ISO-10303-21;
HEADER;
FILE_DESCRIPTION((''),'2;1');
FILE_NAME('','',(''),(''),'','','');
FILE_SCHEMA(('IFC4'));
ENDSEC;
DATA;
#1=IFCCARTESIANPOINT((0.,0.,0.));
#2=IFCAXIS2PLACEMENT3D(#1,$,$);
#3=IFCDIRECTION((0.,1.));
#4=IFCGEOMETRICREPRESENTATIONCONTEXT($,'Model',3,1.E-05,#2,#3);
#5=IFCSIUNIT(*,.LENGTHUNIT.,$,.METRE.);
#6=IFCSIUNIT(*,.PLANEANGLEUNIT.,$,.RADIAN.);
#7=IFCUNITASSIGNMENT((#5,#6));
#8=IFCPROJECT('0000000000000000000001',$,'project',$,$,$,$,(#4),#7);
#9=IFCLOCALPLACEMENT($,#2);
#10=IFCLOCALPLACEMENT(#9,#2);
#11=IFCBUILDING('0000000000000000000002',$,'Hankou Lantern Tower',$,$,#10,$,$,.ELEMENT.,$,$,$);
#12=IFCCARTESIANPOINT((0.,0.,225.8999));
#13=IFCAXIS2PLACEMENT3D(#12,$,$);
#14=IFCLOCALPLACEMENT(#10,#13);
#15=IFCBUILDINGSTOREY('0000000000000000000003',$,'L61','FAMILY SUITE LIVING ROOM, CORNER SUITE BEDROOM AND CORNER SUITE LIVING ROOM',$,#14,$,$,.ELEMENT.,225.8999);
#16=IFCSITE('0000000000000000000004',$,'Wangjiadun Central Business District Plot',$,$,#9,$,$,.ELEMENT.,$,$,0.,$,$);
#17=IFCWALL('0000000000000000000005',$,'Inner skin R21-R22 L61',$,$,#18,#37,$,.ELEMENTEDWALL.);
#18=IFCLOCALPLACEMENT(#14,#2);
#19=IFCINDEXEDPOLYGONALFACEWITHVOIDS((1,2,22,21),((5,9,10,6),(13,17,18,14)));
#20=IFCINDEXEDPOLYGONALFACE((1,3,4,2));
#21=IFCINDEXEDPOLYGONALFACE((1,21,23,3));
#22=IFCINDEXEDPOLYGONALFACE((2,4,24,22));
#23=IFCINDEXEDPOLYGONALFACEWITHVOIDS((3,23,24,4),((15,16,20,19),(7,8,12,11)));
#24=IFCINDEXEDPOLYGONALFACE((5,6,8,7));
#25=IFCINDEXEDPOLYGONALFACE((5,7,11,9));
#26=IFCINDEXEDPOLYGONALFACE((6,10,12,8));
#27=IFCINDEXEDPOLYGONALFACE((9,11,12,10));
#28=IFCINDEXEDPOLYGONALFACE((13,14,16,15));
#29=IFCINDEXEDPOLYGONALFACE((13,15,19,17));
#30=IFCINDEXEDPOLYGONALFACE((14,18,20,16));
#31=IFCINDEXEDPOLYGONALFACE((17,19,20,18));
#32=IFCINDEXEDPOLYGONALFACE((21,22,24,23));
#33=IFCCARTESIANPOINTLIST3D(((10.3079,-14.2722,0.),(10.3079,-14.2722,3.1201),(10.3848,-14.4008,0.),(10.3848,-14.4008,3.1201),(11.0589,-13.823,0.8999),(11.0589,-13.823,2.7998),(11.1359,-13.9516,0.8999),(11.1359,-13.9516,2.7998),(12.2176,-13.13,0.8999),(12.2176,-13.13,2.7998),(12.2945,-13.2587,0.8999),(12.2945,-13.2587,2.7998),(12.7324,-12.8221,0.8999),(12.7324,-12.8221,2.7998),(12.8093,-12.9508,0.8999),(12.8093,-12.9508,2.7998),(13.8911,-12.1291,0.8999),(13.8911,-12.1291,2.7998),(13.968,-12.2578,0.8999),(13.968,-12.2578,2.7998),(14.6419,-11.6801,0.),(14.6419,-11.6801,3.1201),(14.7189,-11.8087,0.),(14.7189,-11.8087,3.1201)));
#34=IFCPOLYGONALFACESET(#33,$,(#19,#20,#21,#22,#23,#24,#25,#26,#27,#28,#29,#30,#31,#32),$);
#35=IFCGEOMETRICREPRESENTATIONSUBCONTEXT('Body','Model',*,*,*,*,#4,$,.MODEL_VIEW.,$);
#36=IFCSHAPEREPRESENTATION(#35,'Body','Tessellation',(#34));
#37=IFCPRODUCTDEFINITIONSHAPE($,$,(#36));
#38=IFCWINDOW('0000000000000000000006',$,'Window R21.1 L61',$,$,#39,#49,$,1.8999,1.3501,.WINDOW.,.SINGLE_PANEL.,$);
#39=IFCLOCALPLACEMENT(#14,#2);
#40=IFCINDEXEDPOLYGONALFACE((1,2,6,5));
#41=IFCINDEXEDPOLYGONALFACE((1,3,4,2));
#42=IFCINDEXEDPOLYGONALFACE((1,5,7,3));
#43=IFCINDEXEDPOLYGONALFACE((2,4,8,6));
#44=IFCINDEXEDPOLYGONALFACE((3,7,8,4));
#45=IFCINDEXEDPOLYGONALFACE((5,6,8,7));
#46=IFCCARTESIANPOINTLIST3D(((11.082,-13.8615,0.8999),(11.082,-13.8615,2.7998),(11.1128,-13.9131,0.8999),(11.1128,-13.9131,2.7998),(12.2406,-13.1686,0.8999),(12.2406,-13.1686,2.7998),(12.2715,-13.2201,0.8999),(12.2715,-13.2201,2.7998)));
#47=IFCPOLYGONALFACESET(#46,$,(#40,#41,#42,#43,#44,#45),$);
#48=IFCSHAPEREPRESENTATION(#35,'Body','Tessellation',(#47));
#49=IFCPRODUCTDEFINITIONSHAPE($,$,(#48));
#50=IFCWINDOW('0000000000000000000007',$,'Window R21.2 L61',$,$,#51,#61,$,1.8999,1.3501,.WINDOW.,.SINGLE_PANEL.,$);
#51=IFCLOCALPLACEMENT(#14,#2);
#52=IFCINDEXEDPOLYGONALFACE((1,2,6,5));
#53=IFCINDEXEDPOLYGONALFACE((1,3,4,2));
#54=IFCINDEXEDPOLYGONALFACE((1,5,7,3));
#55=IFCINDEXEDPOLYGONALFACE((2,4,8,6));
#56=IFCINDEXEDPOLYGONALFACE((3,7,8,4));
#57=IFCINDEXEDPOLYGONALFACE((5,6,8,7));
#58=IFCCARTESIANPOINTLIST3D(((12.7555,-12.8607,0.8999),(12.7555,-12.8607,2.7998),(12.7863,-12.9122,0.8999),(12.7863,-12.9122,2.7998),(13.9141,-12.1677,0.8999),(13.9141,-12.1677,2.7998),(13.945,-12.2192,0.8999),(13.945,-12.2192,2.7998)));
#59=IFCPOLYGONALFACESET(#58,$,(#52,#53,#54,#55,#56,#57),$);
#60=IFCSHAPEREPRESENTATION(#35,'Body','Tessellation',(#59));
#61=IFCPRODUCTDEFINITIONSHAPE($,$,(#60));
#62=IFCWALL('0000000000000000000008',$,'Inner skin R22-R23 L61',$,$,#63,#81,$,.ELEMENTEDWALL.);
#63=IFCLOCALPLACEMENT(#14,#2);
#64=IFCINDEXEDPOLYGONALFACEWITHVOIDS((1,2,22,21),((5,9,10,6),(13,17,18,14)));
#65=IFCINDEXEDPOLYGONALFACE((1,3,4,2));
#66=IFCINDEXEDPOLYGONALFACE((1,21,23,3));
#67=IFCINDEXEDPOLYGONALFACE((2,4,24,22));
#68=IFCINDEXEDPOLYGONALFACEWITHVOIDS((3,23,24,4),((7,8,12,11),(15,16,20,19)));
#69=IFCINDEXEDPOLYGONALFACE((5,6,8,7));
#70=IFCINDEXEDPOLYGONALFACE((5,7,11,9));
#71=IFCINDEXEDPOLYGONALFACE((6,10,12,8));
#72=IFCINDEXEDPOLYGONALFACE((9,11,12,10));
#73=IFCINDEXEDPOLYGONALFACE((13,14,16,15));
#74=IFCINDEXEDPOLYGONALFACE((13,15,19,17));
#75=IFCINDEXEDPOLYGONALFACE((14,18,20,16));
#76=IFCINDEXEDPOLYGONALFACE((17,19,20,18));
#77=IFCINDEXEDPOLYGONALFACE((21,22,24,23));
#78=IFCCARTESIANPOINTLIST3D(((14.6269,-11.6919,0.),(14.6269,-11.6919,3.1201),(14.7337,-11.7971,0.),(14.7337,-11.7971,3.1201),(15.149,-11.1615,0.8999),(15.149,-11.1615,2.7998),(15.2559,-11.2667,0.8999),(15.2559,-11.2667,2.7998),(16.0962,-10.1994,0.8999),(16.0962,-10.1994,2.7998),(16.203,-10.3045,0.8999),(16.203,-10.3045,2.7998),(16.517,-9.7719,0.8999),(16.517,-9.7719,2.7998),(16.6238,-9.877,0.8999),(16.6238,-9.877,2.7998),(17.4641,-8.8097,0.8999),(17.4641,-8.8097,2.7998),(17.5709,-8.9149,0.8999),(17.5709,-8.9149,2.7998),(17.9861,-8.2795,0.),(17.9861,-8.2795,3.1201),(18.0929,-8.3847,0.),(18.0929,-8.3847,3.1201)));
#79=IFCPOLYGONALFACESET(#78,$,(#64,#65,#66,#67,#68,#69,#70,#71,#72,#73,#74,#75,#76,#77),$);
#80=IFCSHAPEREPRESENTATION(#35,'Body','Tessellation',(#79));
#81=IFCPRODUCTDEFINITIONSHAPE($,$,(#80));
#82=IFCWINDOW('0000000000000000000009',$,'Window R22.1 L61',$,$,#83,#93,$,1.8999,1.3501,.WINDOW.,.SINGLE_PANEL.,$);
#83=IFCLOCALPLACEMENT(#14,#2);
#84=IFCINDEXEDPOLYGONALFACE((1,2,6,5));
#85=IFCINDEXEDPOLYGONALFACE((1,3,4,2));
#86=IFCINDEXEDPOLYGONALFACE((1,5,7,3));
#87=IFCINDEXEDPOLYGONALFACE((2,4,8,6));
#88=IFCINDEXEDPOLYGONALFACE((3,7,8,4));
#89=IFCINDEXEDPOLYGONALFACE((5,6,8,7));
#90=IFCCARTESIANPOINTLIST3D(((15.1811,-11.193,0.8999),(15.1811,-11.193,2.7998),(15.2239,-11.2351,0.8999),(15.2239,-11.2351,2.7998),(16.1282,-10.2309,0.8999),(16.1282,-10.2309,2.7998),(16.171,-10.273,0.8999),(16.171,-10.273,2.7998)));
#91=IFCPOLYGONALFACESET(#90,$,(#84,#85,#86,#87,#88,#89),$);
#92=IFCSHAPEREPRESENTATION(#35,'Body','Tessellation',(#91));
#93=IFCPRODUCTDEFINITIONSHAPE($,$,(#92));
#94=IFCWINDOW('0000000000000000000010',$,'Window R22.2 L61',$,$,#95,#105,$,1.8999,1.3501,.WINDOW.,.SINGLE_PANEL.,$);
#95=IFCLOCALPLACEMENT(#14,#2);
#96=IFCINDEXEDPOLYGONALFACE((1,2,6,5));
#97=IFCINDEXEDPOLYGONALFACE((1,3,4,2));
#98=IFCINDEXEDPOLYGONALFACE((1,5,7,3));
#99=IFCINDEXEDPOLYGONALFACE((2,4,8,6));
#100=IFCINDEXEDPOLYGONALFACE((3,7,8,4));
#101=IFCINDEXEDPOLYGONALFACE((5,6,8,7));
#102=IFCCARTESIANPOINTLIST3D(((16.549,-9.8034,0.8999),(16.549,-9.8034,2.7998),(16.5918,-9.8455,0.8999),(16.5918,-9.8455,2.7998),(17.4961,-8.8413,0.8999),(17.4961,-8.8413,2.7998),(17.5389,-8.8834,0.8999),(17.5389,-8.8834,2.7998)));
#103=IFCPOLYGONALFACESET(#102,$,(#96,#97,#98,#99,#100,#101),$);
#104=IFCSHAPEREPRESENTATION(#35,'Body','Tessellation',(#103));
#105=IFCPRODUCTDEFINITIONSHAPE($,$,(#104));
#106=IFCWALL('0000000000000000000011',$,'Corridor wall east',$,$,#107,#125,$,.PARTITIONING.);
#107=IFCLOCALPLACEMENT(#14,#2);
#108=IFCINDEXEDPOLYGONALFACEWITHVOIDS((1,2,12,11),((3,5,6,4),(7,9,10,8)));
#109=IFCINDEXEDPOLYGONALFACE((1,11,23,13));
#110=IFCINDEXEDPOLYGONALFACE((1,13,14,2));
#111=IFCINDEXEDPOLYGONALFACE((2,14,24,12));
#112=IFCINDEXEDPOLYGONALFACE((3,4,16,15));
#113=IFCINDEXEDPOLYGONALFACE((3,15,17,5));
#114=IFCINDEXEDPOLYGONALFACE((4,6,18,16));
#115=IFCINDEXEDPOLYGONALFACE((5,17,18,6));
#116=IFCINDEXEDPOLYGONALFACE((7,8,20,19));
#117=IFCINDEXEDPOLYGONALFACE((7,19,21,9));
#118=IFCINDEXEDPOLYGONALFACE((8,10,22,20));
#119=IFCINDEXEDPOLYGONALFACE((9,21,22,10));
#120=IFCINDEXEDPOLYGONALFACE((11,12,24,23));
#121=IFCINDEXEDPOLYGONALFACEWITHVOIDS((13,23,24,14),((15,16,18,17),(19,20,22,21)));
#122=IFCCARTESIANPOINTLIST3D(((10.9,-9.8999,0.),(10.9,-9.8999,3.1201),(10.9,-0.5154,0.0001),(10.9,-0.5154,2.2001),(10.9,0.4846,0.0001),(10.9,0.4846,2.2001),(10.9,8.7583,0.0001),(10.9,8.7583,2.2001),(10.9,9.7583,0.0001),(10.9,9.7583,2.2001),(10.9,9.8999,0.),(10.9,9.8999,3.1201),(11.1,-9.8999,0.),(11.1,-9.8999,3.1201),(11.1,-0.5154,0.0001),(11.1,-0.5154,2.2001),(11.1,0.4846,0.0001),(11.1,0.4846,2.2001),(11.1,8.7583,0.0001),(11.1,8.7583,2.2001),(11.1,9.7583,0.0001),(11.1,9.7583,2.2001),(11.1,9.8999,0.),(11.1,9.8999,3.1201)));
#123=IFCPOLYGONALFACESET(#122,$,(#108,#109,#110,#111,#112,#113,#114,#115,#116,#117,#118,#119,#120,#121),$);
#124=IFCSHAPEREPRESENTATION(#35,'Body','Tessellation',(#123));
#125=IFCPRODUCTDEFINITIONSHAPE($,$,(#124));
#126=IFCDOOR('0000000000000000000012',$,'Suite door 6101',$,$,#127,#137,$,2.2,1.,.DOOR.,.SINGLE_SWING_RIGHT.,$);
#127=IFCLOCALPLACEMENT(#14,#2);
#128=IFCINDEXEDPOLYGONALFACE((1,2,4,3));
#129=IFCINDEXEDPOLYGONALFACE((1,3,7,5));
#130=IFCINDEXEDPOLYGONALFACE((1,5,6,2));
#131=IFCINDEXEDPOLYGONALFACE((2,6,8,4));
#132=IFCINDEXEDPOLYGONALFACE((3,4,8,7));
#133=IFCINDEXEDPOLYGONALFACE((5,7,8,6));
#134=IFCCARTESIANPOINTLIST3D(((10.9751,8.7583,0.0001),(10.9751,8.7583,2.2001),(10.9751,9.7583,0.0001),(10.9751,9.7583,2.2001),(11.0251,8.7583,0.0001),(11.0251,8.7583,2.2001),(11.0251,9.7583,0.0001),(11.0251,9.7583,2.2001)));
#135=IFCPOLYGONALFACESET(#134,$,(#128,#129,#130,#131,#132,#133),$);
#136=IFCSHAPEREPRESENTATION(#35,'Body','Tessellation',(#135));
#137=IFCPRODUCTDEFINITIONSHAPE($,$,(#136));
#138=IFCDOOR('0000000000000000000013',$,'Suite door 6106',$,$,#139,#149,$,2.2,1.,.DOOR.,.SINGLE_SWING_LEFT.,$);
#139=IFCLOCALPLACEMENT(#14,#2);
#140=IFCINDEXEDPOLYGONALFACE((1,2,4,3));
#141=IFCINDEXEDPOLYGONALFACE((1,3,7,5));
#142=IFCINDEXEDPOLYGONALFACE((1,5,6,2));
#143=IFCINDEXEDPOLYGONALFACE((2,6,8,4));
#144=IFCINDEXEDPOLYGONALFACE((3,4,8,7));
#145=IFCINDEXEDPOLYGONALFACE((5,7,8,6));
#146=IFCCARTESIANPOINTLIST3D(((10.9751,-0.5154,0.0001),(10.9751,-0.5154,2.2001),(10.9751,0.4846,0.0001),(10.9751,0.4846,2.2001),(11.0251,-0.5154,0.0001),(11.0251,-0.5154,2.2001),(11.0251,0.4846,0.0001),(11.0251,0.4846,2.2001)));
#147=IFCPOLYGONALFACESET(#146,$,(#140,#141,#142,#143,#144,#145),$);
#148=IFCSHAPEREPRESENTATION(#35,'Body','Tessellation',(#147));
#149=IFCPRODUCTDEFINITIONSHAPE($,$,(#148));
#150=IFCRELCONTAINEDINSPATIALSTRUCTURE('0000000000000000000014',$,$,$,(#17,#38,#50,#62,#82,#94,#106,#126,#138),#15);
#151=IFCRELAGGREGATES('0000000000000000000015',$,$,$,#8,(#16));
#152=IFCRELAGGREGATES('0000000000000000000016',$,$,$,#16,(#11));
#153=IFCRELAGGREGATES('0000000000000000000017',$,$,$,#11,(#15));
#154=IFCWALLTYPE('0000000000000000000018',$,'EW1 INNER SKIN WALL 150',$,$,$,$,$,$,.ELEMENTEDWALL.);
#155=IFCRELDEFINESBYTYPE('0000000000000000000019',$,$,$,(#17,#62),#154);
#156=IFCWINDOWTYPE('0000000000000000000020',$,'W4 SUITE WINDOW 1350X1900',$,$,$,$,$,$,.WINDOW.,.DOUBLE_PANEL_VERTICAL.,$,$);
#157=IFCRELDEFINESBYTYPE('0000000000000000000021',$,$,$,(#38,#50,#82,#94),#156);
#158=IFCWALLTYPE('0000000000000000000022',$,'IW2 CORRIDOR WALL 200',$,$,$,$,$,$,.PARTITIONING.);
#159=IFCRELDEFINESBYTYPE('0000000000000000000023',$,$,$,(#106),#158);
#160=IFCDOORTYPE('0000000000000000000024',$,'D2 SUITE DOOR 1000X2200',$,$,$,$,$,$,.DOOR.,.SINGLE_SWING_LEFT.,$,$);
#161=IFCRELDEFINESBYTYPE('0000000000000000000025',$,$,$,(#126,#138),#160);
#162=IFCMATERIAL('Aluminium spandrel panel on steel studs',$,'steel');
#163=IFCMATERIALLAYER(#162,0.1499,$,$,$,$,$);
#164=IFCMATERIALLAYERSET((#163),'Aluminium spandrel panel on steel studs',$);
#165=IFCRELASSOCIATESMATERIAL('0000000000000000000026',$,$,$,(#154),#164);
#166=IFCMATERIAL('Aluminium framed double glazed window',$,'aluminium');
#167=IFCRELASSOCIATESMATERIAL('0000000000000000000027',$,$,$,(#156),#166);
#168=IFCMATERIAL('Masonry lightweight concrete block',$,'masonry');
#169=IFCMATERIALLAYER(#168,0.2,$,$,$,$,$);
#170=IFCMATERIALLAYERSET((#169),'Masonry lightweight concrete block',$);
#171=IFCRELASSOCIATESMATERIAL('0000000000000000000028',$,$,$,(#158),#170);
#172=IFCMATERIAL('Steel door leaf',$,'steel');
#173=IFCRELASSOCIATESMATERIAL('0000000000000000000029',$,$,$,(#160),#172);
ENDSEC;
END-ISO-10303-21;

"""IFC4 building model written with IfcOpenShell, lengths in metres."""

from ifc_helpers import new_model, si_unit, direction, frame, frame_2d, origin, place, context, subcontext, project, spatial, rectangle, extrude, material, layer, layer_set, type_object, element, fill, save


model = new_model("IFC4")

# Units and contexts
model_context = context("Model", 3, precision=1e-05, world=origin(), true_north=direction((0.0, 1.0)))
body_context = subcontext(model_context, "Body", "Model", "MODEL_VIEW")
ifc_project = project(units=[si_unit("LENGTHUNIT", "METRE"), si_unit("PLANEANGLEUNIT", "RADIAN")], contexts=[model_context])

# Site, building, storey
site_placement = place(None, origin())
site = spatial("IfcSite", under=ifc_project, at=site_placement, Name="Wangjiadun Central Business District Plot", CompositionType="ELEMENT", RefElevation=0.0)
building_placement = place(site_placement, origin())
building = spatial("IfcBuilding", under=site, at=building_placement, Name="Hankou Lantern Tower", CompositionType="ELEMENT")
storey_placement = place(building_placement, frame((0.0, 0.0, 225.8999)))
storey = spatial("IfcBuildingStorey", under=building, at=storey_placement, Name="L61", Description="FAMILY SUITE LIVING ROOM, CORNER SUITE BEDROOM AND CORNER SUITE LIVING ROOM", CompositionType="ELEMENT", Elevation=225.8999)

# Walls, openings, windows
ifc_material_1 = material(Name="Aluminium spandrel panel on steel studs", Category="steel")
ifc_layer_1 = layer(ifc_material_1, 0.1499)
ifc_layer_set_1 = layer_set([ifc_layer_1], Name="Aluminium spandrel panel on steel studs")
wall_type_1 = type_object("IfcWallType", Name="EW1 INNER SKIN WALL 150", PredefinedType="ELEMENTEDWALL", material=ifc_layer_set_1)
wall_1_placement = place(storey_placement, frame((10.3464, -14.3364, 0.0), z_axis=(0.0, 0.0, 1.0), x_axis=(0.858222, 0.51328, 0.0)))
wall_1 = element("IfcWall", 1, at=wall_1_placement, inside=storey, type_object=wall_type_1, Name="Inner skin R21-R22 L61", PredefinedType="ELEMENTEDWALL", context=body_context, shape_type="SweptSolid", body=[
    extrude(rectangle(XDim=5.05, YDim=0.1499, at=frame_2d((2.5249, 0.0))), origin(), (0.0, 0.0, 1.0), 3.1201),
])
opening_1_placement = place(wall_1_placement, frame((0.875, 0.0, 0.8999)))
opening_1 = element("IfcOpeningElement", 2, at=opening_1_placement, cuts=wall_1, PredefinedType="OPENING", context=body_context, shape_type="SweptSolid", body=[
    extrude(rectangle(XDim=1.3501, YDim=1.8999, at=frame_2d((0.675, 0.95))), frame((0.0, 0.085, 0.0), z_axis=(0.0, -1.0, 0.0), x_axis=(1.0, 0.0, 0.0)), (0.0, 0.0, 1.0), 0.1699),
])
opening_2_placement = place(wall_1_placement, frame((2.825, 0.0, 0.8999)))
opening_2 = element("IfcOpeningElement", 3, at=opening_2_placement, cuts=wall_1, PredefinedType="OPENING", context=body_context, shape_type="SweptSolid", body=[
    extrude(rectangle(XDim=1.3501, YDim=1.8999, at=frame_2d((0.675, 0.95))), frame((0.0, 0.085, 0.0), z_axis=(0.0, -1.0, 0.0), x_axis=(1.0, 0.0, 0.0)), (0.0, 0.0, 1.0), 0.1699),
])
ifc_material_2 = material(Name="Aluminium framed double glazed window", Category="aluminium")
window_type = type_object("IfcWindowType", Name="W4 SUITE WINDOW 1350X1900", PartitioningType="DOUBLE_PANEL_VERTICAL", PredefinedType="WINDOW", material=ifc_material_2)
window_1_placement = place(opening_1_placement, origin())
window_1 = element("IfcWindow", 4, at=window_1_placement, inside=storey, type_object=window_type, Name="Window R21.1 L61", OverallHeight=1.8999, OverallWidth=1.3501, PartitioningType="SINGLE_PANEL", PredefinedType="WINDOW", context=body_context, shape_type="SweptSolid", body=[
    extrude(rectangle(XDim=1.3501, YDim=1.8999, at=frame_2d((0.675, 0.95))), frame((0.0, 0.03, 0.0), z_axis=(0.0, -1.0, 0.0), x_axis=(1.0, 0.0, 0.0)), (0.0, 0.0, 1.0), 0.0601),
])
fill(opening_1, window_1)
window_2_placement = place(opening_2_placement, origin())
window_2 = element("IfcWindow", 5, at=window_2_placement, inside=storey, type_object=window_type, Name="Window R21.2 L61", OverallHeight=1.8999, OverallWidth=1.3501, PartitioningType="SINGLE_PANEL", PredefinedType="WINDOW", context=body_context, shape_type="SweptSolid", body=[
    extrude(rectangle(XDim=1.3501, YDim=1.8999, at=frame_2d((0.675, 0.95))), frame((0.0, 0.03, 0.0), z_axis=(0.0, -1.0, 0.0), x_axis=(1.0, 0.0, 0.0)), (0.0, 0.0, 1.0), 0.0601),
])
fill(opening_2, window_2)
wall_2_placement = place(storey_placement, frame((14.6804, -11.7444, 0.0), z_axis=(0.0, 0.0, 1.0), x_axis=(0.701527, 0.712643, 0.0)))
wall_2 = element("IfcWall", 6, at=wall_2_placement, inside=storey, type_object=wall_type_1, Name="Inner skin R22-R23 L61", PredefinedType="ELEMENTEDWALL", context=body_context, shape_type="SweptSolid", body=[
    extrude(rectangle(XDim=4.7883, YDim=0.1499, at=frame_2d((2.394, 0.0))), origin(), (0.0, 0.0, 1.0), 3.1201),
])
opening_3_placement = place(wall_2_placement, frame((0.7441, 0.0, 0.8999)))
opening_3 = element("IfcOpeningElement", 7, at=opening_3_placement, cuts=wall_2, PredefinedType="OPENING", context=body_context, shape_type="SweptSolid", body=[
    extrude(rectangle(XDim=1.3501, YDim=1.8999, at=frame_2d((0.675, 0.95))), frame((0.0, 0.085, 0.0), z_axis=(0.0, -1.0, 0.0), x_axis=(1.0, 0.0, 0.0)), (0.0, 0.0, 1.0), 0.1699),
])
opening_4_placement = place(wall_2_placement, frame((2.6941, 0.0, 0.8999)))
opening_4 = element("IfcOpeningElement", 8, at=opening_4_placement, cuts=wall_2, PredefinedType="OPENING", context=body_context, shape_type="SweptSolid", body=[
    extrude(rectangle(XDim=1.3501, YDim=1.8999, at=frame_2d((0.675, 0.95))), frame((0.0, 0.085, 0.0), z_axis=(0.0, -1.0, 0.0), x_axis=(1.0, 0.0, 0.0)), (0.0, 0.0, 1.0), 0.1699),
])
window_3_placement = place(opening_3_placement, origin())
window_3 = element("IfcWindow", 9, at=window_3_placement, inside=storey, type_object=window_type, Name="Window R22.1 L61", OverallHeight=1.8999, OverallWidth=1.3501, PartitioningType="SINGLE_PANEL", PredefinedType="WINDOW", context=body_context, shape_type="SweptSolid", body=[
    extrude(rectangle(XDim=1.3501, YDim=1.8999, at=frame_2d((0.675, 0.95))), frame((0.0, 0.03, 0.0), z_axis=(0.0, -1.0, 0.0), x_axis=(1.0, 0.0, 0.0)), (0.0, 0.0, 1.0), 0.0601),
])
fill(opening_3, window_3)
window_4_placement = place(opening_4_placement, origin())
window_4 = element("IfcWindow", 10, at=window_4_placement, inside=storey, type_object=window_type, Name="Window R22.2 L61", OverallHeight=1.8999, OverallWidth=1.3501, PartitioningType="SINGLE_PANEL", PredefinedType="WINDOW", context=body_context, shape_type="SweptSolid", body=[
    extrude(rectangle(XDim=1.3501, YDim=1.8999, at=frame_2d((0.675, 0.95))), frame((0.0, 0.03, 0.0), z_axis=(0.0, -1.0, 0.0), x_axis=(1.0, 0.0, 0.0)), (0.0, 0.0, 1.0), 0.0601),
])
fill(opening_4, window_4)

# Wall, openings, doors
ifc_material_3 = material(Name="Masonry lightweight concrete block", Category="masonry")
ifc_layer_2 = layer(ifc_material_3, 0.2)
ifc_layer_set_2 = layer_set([ifc_layer_2], Name="Masonry lightweight concrete block")
wall_type_2 = type_object("IfcWallType", Name="IW2 CORRIDOR WALL 200", PredefinedType="PARTITIONING", material=ifc_layer_set_2)
wall_3_placement = place(storey_placement, frame((11.0, -9.8999, 0.0), z_axis=(0.0, 0.0, 1.0), x_axis=(0.0, 1.0, 0.0)))
wall_3 = element("IfcWall", 11, at=wall_3_placement, inside=storey, type_object=wall_type_2, Name="Corridor wall east", PredefinedType="PARTITIONING", context=body_context, shape_type="SweptSolid", body=[
    extrude(rectangle(XDim=19.7998, YDim=0.2, at=frame_2d((9.8999, 0.0))), origin(), (0.0, 0.0, 1.0), 3.1201),
])
opening_5_placement = place(wall_3_placement, frame((18.6582, 0.0, 0.0)))
opening_5 = element("IfcOpeningElement", 12, at=opening_5_placement, cuts=wall_3, PredefinedType="OPENING", context=body_context, shape_type="SweptSolid", body=[
    extrude(rectangle(XDim=1.0, YDim=2.2, at=frame_2d((0.5, 1.1001))), frame((0.0, 0.1099, 0.0), z_axis=(0.0, -1.0, 0.0), x_axis=(1.0, 0.0, 0.0)), (0.0, 0.0, 1.0), 0.22),
])
opening_6_placement = place(wall_3_placement, frame((9.3845, 0.0, 0.0)))
opening_6 = element("IfcOpeningElement", 13, at=opening_6_placement, cuts=wall_3, PredefinedType="OPENING", context=body_context, shape_type="SweptSolid", body=[
    extrude(rectangle(XDim=1.0, YDim=2.2, at=frame_2d((0.5, 1.1001))), frame((0.0, 0.1099, 0.0), z_axis=(0.0, -1.0, 0.0), x_axis=(1.0, 0.0, 0.0)), (0.0, 0.0, 1.0), 0.22),
])
ifc_material_4 = material(Name="Steel door leaf", Category="steel")
door_type_1 = type_object("IfcDoorType", Name="D2 SUITE DOOR 1000X2200", OperationType="SINGLE_SWING_LEFT", PredefinedType="DOOR", material=ifc_material_4)
door_1_placement = place(opening_5_placement, origin())
door_1 = element("IfcDoor", 14, at=door_1_placement, inside=storey, type_object=door_type_1, Name="Suite door 6101", OperationType="SINGLE_SWING_RIGHT", OverallHeight=2.2, OverallWidth=1.0, PredefinedType="DOOR", context=body_context, shape_type="SweptSolid", body=[
    extrude(rectangle(XDim=1.0, YDim=2.2, at=frame_2d((0.5, 1.1001))), frame((0.0, 0.0249, 0.0), z_axis=(0.0, -1.0, 0.0), x_axis=(1.0, 0.0, 0.0)), (0.0, 0.0, 1.0), 0.05),
])
fill(opening_5, door_1)
door_2_placement = place(opening_6_placement, origin())
door_2 = element("IfcDoor", 15, at=door_2_placement, inside=storey, type_object=door_type_1, Name="Suite door 6106", OperationType="SINGLE_SWING_LEFT", OverallHeight=2.2, OverallWidth=1.0, PredefinedType="DOOR", context=body_context, shape_type="SweptSolid", body=[
    extrude(rectangle(XDim=1.0, YDim=2.2, at=frame_2d((0.5, 1.1001))), frame((0.0, 0.0249, 0.0), z_axis=(0.0, -1.0, 0.0), x_axis=(1.0, 0.0, 0.0)), (0.0, 0.0, 1.0), 0.05),
])
fill(opening_6, door_2)

save(model, "model.ifc")
